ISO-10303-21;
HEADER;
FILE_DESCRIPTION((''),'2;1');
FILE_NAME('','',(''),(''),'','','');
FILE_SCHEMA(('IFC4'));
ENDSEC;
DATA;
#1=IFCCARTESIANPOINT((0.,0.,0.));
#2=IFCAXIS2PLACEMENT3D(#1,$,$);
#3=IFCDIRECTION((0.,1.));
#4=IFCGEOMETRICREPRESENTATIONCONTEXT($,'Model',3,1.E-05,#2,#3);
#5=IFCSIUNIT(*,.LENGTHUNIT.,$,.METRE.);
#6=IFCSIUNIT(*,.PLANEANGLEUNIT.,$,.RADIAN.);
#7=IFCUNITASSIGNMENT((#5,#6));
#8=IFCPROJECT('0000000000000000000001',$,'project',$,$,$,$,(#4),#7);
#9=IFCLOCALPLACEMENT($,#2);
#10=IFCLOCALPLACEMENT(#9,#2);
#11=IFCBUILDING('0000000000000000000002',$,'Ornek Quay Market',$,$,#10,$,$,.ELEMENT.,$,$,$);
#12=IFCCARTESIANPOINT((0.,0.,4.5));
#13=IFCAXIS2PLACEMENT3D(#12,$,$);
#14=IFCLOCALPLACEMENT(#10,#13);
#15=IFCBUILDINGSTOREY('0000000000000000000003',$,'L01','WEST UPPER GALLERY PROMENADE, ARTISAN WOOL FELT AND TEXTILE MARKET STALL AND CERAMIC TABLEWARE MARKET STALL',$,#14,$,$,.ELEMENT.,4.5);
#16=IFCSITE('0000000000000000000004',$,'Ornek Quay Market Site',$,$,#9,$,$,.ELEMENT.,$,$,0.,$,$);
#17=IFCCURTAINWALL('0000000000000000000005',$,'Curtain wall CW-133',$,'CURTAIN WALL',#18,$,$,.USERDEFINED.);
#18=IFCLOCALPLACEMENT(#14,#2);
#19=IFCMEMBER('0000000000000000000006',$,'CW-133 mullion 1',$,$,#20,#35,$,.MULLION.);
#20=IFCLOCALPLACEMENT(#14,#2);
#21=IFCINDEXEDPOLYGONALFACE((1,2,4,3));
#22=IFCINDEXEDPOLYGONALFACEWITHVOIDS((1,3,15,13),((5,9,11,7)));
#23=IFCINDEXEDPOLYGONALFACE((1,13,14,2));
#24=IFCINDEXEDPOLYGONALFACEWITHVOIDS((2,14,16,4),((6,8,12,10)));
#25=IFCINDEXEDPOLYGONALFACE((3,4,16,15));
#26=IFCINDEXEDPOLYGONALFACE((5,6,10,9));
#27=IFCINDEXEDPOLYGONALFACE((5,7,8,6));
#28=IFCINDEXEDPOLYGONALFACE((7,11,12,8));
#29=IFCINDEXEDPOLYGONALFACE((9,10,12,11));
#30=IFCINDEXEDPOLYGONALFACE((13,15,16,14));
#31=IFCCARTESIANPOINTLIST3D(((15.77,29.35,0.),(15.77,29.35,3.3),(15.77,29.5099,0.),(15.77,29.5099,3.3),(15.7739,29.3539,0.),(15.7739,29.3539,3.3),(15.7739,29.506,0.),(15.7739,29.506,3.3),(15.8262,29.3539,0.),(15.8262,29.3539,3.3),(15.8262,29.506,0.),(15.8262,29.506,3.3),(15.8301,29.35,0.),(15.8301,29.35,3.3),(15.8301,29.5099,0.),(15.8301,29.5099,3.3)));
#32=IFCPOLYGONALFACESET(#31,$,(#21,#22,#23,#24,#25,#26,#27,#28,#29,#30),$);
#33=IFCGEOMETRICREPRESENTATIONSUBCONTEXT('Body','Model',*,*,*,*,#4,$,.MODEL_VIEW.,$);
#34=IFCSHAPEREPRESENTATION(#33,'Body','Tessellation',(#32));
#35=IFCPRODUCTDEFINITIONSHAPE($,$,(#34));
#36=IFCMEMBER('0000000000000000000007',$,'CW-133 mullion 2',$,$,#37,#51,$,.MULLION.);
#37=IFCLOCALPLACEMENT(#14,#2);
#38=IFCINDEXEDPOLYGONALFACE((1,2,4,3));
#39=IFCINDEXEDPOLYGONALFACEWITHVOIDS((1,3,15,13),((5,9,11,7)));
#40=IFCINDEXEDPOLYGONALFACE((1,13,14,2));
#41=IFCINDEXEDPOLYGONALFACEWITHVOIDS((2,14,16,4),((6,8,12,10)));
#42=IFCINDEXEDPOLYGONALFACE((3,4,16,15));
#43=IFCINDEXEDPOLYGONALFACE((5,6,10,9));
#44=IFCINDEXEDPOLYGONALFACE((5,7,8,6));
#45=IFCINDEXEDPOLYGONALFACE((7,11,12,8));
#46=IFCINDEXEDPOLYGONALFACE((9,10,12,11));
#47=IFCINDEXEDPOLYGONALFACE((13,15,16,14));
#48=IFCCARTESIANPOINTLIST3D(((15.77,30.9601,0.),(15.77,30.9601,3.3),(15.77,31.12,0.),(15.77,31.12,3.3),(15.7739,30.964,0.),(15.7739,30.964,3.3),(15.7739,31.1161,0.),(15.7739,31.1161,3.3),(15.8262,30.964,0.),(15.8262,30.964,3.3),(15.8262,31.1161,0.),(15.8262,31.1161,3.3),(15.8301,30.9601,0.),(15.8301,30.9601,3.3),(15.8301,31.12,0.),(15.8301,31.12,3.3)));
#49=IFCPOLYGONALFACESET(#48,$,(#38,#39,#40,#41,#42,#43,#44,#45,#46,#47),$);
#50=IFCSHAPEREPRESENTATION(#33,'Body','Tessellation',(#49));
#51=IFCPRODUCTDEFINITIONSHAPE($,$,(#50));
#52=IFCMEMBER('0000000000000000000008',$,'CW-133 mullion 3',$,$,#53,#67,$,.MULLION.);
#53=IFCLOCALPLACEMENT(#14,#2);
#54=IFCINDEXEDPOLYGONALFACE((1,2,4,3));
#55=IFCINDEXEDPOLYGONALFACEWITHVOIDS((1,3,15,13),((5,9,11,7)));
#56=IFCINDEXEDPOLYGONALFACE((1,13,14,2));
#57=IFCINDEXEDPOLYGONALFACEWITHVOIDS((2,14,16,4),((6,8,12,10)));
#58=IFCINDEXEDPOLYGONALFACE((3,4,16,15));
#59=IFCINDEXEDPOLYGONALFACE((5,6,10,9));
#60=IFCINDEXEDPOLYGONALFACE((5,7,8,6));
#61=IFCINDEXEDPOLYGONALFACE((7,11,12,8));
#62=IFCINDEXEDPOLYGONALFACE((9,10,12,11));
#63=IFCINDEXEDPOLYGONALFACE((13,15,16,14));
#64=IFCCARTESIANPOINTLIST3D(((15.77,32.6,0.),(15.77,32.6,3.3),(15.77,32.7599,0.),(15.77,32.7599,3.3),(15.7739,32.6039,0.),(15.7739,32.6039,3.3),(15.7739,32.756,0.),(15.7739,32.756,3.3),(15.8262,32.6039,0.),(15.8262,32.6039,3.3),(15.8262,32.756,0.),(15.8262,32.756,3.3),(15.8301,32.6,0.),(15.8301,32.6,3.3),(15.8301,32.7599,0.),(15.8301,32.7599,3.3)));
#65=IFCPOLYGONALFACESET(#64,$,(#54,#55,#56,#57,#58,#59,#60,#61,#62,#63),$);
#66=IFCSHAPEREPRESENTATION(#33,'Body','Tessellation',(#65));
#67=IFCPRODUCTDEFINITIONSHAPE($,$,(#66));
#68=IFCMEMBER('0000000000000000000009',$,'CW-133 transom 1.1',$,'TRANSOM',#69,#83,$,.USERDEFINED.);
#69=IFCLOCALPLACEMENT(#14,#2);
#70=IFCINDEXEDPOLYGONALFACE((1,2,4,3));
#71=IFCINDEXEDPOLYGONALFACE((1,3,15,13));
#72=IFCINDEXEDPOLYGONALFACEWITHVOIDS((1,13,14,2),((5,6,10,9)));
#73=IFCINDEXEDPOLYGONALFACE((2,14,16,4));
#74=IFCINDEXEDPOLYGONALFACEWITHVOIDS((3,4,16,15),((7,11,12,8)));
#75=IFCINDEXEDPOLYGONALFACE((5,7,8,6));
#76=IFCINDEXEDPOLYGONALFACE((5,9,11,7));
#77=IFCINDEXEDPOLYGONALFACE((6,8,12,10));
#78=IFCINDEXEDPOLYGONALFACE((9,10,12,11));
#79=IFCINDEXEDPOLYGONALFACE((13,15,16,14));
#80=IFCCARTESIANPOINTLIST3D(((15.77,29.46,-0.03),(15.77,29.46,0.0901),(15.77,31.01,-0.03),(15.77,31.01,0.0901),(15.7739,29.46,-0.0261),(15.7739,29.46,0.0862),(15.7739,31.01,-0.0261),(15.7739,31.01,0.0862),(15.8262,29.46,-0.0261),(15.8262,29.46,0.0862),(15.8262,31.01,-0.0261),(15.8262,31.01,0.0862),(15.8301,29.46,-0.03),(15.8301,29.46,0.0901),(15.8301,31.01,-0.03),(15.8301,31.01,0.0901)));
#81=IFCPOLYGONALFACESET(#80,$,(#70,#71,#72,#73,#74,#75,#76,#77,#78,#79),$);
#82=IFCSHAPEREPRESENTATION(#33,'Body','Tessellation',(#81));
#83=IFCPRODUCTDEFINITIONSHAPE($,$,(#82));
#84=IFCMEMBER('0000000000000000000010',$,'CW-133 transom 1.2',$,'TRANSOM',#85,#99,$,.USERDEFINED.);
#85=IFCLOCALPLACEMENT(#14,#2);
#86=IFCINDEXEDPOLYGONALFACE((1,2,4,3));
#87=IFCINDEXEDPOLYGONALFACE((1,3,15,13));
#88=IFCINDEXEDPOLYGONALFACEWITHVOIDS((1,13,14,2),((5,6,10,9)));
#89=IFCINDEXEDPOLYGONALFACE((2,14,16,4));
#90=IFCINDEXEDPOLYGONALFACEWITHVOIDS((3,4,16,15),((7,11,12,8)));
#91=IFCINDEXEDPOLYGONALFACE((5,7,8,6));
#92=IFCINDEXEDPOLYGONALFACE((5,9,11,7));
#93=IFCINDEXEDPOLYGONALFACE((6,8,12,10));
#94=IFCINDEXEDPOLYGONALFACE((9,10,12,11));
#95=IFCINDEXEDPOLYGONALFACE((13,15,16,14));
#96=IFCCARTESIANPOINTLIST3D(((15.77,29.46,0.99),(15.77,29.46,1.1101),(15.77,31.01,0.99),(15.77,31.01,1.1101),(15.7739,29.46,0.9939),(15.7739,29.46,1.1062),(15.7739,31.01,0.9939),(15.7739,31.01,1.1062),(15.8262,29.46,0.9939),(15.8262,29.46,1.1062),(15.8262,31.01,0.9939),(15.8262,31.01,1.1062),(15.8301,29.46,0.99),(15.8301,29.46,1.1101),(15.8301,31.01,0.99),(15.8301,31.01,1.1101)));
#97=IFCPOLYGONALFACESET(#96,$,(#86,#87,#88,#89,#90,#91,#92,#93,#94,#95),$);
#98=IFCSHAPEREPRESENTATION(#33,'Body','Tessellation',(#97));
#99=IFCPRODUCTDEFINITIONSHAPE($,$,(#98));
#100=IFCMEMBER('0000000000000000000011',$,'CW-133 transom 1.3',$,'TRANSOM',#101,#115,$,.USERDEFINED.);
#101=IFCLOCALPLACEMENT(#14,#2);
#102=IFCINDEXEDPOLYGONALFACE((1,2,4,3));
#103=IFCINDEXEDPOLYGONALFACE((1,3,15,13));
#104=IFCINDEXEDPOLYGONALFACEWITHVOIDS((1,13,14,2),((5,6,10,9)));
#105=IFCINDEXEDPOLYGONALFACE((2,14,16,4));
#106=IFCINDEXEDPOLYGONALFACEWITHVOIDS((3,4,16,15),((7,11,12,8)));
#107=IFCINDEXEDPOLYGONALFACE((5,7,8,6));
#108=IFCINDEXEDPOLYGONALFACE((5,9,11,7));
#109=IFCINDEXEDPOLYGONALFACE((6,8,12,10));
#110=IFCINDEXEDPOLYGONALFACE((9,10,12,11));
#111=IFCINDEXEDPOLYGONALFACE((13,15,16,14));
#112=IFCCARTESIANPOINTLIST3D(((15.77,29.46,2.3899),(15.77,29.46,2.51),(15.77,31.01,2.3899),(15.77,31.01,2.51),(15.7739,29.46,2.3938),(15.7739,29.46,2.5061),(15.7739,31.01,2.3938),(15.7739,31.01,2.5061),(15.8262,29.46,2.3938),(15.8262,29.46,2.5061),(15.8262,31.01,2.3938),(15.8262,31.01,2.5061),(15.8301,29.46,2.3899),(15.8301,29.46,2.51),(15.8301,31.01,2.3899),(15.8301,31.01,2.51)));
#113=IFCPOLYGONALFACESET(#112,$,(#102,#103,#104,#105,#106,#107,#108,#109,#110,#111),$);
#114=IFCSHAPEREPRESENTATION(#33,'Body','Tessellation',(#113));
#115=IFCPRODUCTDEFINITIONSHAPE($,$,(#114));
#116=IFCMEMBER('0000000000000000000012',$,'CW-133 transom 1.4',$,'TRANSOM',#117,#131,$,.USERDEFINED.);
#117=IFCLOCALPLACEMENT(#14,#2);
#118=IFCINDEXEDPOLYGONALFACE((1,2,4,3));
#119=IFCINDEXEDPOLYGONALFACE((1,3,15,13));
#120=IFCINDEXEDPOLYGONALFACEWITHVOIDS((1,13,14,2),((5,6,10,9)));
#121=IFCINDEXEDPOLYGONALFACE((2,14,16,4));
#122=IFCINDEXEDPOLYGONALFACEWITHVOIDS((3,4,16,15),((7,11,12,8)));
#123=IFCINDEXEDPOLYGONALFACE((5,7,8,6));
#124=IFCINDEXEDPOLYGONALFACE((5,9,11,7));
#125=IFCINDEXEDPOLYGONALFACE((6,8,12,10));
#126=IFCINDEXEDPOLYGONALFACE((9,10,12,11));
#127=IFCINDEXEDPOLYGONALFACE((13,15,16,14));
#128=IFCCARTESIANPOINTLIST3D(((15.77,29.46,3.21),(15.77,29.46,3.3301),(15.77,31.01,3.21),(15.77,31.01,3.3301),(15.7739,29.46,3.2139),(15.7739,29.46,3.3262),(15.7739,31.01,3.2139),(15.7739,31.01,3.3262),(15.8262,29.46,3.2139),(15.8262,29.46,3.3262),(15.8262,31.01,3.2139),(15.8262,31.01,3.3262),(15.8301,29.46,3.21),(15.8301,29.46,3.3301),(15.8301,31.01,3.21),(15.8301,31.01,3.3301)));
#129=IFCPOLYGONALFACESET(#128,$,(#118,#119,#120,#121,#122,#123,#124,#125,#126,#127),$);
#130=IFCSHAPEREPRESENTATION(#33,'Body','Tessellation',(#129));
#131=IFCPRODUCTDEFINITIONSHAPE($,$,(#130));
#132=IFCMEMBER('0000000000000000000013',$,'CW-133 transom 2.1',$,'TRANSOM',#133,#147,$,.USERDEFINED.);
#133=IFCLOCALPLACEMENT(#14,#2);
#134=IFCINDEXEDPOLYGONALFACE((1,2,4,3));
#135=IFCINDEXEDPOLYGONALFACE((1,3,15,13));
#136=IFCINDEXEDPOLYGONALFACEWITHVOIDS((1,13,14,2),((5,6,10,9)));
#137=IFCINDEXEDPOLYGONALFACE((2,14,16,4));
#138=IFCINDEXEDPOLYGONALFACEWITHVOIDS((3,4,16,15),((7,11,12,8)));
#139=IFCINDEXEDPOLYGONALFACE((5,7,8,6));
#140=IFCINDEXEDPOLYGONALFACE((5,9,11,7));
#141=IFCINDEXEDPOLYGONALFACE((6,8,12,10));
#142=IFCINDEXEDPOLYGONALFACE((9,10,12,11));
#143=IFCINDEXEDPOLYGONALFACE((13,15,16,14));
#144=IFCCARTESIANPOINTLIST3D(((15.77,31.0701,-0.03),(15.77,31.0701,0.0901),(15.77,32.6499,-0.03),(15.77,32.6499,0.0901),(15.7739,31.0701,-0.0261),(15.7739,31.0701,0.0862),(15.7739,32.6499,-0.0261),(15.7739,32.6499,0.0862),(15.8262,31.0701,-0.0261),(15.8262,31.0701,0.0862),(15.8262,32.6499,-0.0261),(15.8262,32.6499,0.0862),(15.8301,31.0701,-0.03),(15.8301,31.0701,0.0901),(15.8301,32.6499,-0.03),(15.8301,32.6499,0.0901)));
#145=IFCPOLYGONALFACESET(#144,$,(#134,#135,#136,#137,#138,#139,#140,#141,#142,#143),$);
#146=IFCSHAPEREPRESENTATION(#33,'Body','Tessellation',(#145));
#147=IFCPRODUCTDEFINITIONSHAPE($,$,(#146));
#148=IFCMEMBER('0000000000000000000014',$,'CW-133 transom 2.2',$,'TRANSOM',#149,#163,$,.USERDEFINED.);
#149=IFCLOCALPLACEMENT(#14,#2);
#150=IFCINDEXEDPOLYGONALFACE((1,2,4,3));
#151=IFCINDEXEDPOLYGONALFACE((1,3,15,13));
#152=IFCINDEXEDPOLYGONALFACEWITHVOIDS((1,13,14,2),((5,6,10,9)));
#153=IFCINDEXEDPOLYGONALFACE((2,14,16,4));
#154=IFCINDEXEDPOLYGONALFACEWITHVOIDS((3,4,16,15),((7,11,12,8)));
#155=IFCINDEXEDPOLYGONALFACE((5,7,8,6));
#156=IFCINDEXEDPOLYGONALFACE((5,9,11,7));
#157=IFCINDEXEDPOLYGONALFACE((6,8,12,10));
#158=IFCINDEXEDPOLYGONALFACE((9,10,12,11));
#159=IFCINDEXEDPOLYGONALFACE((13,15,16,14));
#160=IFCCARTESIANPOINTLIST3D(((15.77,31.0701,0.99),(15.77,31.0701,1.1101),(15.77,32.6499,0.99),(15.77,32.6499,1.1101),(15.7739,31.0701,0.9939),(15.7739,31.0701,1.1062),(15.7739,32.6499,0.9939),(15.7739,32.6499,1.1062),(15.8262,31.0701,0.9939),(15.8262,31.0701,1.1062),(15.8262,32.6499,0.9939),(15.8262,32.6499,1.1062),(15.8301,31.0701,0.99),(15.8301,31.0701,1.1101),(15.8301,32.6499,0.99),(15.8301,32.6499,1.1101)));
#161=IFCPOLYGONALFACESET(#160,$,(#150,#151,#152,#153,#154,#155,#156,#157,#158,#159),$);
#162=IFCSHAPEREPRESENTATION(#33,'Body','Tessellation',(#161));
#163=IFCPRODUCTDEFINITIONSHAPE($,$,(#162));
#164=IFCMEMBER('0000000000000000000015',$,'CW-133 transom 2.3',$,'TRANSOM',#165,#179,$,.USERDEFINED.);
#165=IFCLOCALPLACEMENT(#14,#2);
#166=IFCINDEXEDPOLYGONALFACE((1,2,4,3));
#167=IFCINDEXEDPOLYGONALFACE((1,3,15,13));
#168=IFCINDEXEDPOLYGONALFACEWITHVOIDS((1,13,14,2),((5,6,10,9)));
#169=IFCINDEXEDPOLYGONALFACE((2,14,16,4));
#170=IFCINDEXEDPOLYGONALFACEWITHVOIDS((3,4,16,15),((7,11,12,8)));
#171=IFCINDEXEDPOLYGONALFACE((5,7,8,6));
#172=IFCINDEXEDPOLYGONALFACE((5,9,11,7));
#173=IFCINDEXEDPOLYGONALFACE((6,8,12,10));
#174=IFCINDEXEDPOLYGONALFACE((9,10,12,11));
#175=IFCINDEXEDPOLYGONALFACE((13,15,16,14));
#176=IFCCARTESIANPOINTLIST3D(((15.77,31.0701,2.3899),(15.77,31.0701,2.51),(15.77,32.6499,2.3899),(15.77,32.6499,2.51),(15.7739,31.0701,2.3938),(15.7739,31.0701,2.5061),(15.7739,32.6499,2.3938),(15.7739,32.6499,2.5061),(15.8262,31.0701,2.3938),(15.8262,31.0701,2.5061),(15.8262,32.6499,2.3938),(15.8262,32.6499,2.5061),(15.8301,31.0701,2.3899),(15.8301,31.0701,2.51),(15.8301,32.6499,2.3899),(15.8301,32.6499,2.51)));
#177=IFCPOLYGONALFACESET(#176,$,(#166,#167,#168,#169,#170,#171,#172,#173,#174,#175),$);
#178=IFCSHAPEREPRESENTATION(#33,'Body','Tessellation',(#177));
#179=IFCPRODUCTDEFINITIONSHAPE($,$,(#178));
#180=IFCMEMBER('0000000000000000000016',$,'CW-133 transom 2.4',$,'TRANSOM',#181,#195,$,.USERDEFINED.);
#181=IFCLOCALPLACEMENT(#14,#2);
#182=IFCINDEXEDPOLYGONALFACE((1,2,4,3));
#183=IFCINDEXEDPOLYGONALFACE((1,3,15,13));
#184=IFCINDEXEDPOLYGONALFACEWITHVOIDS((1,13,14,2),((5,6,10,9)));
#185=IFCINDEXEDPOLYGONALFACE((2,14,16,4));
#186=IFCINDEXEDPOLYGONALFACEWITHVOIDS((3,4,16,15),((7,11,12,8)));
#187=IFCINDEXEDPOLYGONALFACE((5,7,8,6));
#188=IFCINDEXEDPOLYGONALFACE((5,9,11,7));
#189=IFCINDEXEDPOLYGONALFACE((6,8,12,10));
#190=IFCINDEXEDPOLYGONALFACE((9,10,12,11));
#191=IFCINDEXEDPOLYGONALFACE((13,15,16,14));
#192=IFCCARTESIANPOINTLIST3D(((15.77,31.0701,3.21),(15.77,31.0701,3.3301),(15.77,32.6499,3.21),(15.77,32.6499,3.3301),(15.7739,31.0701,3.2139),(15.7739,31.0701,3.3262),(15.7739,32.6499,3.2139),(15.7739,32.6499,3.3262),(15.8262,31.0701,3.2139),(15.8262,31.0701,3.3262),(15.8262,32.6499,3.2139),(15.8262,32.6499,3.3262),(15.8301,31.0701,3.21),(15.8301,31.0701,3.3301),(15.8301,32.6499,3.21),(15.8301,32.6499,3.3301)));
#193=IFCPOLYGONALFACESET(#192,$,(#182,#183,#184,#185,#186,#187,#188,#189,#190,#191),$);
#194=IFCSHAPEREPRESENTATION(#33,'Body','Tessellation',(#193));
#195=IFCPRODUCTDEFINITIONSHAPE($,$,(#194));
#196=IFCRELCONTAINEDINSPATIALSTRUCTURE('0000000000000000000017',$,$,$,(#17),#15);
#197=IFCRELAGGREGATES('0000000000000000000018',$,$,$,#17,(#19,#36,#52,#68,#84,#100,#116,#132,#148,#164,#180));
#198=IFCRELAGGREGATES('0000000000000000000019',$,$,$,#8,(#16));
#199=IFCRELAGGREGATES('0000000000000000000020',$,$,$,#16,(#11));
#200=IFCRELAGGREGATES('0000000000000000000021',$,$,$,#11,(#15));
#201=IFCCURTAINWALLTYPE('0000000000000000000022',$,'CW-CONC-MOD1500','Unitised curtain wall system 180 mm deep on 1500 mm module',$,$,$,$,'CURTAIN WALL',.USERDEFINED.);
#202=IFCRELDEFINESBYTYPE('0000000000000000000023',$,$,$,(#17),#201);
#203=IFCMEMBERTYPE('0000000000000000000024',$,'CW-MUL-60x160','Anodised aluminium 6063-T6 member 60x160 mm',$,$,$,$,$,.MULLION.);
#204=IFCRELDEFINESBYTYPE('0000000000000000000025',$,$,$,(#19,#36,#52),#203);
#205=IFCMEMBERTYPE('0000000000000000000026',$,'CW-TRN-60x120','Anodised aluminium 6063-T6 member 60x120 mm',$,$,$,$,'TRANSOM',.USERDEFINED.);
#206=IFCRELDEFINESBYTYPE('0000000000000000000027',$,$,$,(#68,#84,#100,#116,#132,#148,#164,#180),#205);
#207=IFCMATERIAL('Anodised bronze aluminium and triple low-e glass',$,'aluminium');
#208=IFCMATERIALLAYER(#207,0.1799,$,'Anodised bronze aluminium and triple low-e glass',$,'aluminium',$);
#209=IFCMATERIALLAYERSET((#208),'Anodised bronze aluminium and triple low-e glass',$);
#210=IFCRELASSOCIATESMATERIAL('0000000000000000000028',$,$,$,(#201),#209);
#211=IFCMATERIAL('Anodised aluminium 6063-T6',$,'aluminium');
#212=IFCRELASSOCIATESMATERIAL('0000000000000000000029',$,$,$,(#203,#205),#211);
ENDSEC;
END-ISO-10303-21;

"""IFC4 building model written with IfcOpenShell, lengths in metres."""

from ifc_helpers import new_model, si_unit, direction, frame, origin, origin_2d, place, context, subcontext, project, spatial, hollow_rectangle, extrude, material, layer, layer_set, material_profile, profile_set, type_object, element, aggregate, save


model = new_model("IFC4")

# Units and contexts
model_context = context("Model", 3, precision=1e-05, world=origin(), true_north=direction((0.0, 1.0)))
body_context = subcontext(model_context, "Body", "Model", "MODEL_VIEW")
ifc_project = project(units=[si_unit("LENGTHUNIT", "METRE"), si_unit("PLANEANGLEUNIT", "RADIAN")], contexts=[model_context])

# Site, building, storey
site_placement = place(None, origin())
site = spatial("IfcSite", under=ifc_project, at=site_placement, Name="Ornek Quay Market Site", CompositionType="ELEMENT", RefElevation=0.0)
building_placement = place(site_placement, origin())
building = spatial("IfcBuilding", under=site, at=building_placement, Name="Ornek Quay Market", CompositionType="ELEMENT")
storey_placement = place(building_placement, frame((0.0, 0.0, 4.5)))
storey = spatial("IfcBuildingStorey", under=building, at=storey_placement, Name="L01", Description="WEST UPPER GALLERY PROMENADE, ARTISAN WOOL FELT AND TEXTILE MARKET STALL AND CERAMIC TABLEWARE MARKET STALL", CompositionType="ELEMENT", Elevation=4.5)

# Curtain wall, members
ifc_material_1 = material(Name="Anodised bronze aluminium and triple low-e glass", Category="aluminium")
ifc_layer_1 = layer(ifc_material_1, 0.1799, Name="Anodised bronze aluminium and triple low-e glass", Category="aluminium")
ifc_layer_set_1 = layer_set([ifc_layer_1], Name="Anodised bronze aluminium and triple low-e glass")
curtain_wall_type = type_object("IfcCurtainWallType", Name="CW-CONC-MOD1500", Description="Unitised curtain wall system 180 mm deep on 1500 mm module", ElementType="CURTAIN WALL", PredefinedType="USERDEFINED", material=ifc_layer_set_1)
curtain_wall_placement = place(storey_placement, origin())
curtain_wall = element("IfcCurtainWall", 1, at=curtain_wall_placement, inside=storey, type_object=curtain_wall_type, Name="Curtain wall CW-133", ObjectType="CURTAIN WALL", PredefinedType="USERDEFINED")
ifc_material_2 = material(Name="Anodised aluminium 6063-T6", Category="aluminium")
ifc_material_profile_1 = material_profile(ifc_material_2, hollow_rectangle(XDim=0.0601, YDim=0.1599, WallThickness=0.0039, at=origin_2d()), Name="CW-MUL-60x160", Category="aluminium")
ifc_profile_set_1 = profile_set([ifc_material_profile_1], Name="Anodised aluminium 6063-T6")
member_type_1 = type_object("IfcMemberType", Name="CW-MUL-60x160", Description="Anodised aluminium 6063-T6 member 60x160 mm", PredefinedType="MULLION", material=ifc_profile_set_1)
member_1_placement = place(storey_placement, frame((15.8, 29.4299, 0.0), z_axis=(0.0, 0.0, 1.0), x_axis=(-1.0, 0.0, 0.0)))
member_1 = element("IfcMember", 2, at=member_1_placement, type_object=member_type_1, Name="CW-133 mullion 1", PredefinedType="MULLION", context=body_context, shape_type="SweptSolid", body=[
    extrude(hollow_rectangle(XDim=0.0601, YDim=0.1599, WallThickness=0.0039, at=origin_2d()), origin(), (0.0, 0.0, 1.0), 3.3),
])
member_2_placement = place(storey_placement, frame((15.8, 31.04, 0.0), z_axis=(0.0, 0.0, 1.0), x_axis=(-1.0, 0.0, 0.0)))
member_2 = element("IfcMember", 3, at=member_2_placement, type_object=member_type_1, Name="CW-133 mullion 2", PredefinedType="MULLION", context=body_context, shape_type="SweptSolid", body=[
    extrude(hollow_rectangle(XDim=0.0601, YDim=0.1599, WallThickness=0.0039, at=origin_2d()), origin(), (0.0, 0.0, 1.0), 3.3),
])
member_3_placement = place(storey_placement, frame((15.8, 32.6799, 0.0), z_axis=(0.0, 0.0, 1.0), x_axis=(-1.0, 0.0, 0.0)))
member_3 = element("IfcMember", 4, at=member_3_placement, type_object=member_type_1, Name="CW-133 mullion 3", PredefinedType="MULLION", context=body_context, shape_type="SweptSolid", body=[
    extrude(hollow_rectangle(XDim=0.0601, YDim=0.1599, WallThickness=0.0039, at=origin_2d()), origin(), (0.0, 0.0, 1.0), 3.3),
])
ifc_material_profile_2 = material_profile(ifc_material_2, hollow_rectangle(XDim=0.0601, YDim=0.1201, WallThickness=0.0039, at=origin_2d()), Name="CW-TRN-60x120", Category="aluminium")
ifc_profile_set_2 = profile_set([ifc_material_profile_2], Name="Anodised aluminium 6063-T6")
member_type_2 = type_object("IfcMemberType", Name="CW-TRN-60x120", Description="Anodised aluminium 6063-T6 member 60x120 mm", ElementType="TRANSOM", PredefinedType="USERDEFINED", material=ifc_profile_set_2)
member_4_placement = place(storey_placement, frame((15.8, 29.46, 0.03), z_axis=(0.0, 1.0, 0.0), x_axis=(-1.0, 0.0, 0.0)))
member_4 = element("IfcMember", 5, at=member_4_placement, type_object=member_type_2, Name="CW-133 transom 1.1", ObjectType="TRANSOM", PredefinedType="USERDEFINED", context=body_context, shape_type="SweptSolid", body=[
    extrude(hollow_rectangle(XDim=0.0601, YDim=0.1201, WallThickness=0.0039, at=origin_2d()), origin(), (0.0, 0.0, 1.0), 1.55),
])
member_5_placement = place(storey_placement, frame((15.8, 29.46, 1.05), z_axis=(0.0, 1.0, 0.0), x_axis=(-1.0, 0.0, 0.0)))
member_5 = element("IfcMember", 6, at=member_5_placement, type_object=member_type_2, Name="CW-133 transom 1.2", ObjectType="TRANSOM", PredefinedType="USERDEFINED", context=body_context, shape_type="SweptSolid", body=[
    extrude(hollow_rectangle(XDim=0.0601, YDim=0.1201, WallThickness=0.0039, at=origin_2d()), origin(), (0.0, 0.0, 1.0), 1.55),
])
member_6_placement = place(storey_placement, frame((15.8, 29.46, 2.45), z_axis=(0.0, 1.0, 0.0), x_axis=(-1.0, 0.0, 0.0)))
member_6 = element("IfcMember", 7, at=member_6_placement, type_object=member_type_2, Name="CW-133 transom 1.3", ObjectType="TRANSOM", PredefinedType="USERDEFINED", context=body_context, shape_type="SweptSolid", body=[
    extrude(hollow_rectangle(XDim=0.0601, YDim=0.1201, WallThickness=0.0039, at=origin_2d()), origin(), (0.0, 0.0, 1.0), 1.55),
])
member_7_placement = place(storey_placement, frame((15.8, 29.46, 3.27), z_axis=(0.0, 1.0, 0.0), x_axis=(-1.0, 0.0, 0.0)))
member_7 = element("IfcMember", 8, at=member_7_placement, type_object=member_type_2, Name="CW-133 transom 1.4", ObjectType="TRANSOM", PredefinedType="USERDEFINED", context=body_context, shape_type="SweptSolid", body=[
    extrude(hollow_rectangle(XDim=0.0601, YDim=0.1201, WallThickness=0.0039, at=origin_2d()), origin(), (0.0, 0.0, 1.0), 1.55),
])
member_8_placement = place(storey_placement, frame((15.8, 31.0701, 0.03), z_axis=(0.0, 1.0, 0.0), x_axis=(-1.0, 0.0, 0.0)))
member_8 = element("IfcMember", 9, at=member_8_placement, type_object=member_type_2, Name="CW-133 transom 2.1", ObjectType="TRANSOM", PredefinedType="USERDEFINED", context=body_context, shape_type="SweptSolid", body=[
    extrude(hollow_rectangle(XDim=0.0601, YDim=0.1201, WallThickness=0.0039, at=origin_2d()), origin(), (0.0, 0.0, 1.0), 1.5798),
])
member_9_placement = place(storey_placement, frame((15.8, 31.0701, 1.05), z_axis=(0.0, 1.0, 0.0), x_axis=(-1.0, 0.0, 0.0)))
member_9 = element("IfcMember", 10, at=member_9_placement, type_object=member_type_2, Name="CW-133 transom 2.2", ObjectType="TRANSOM", PredefinedType="USERDEFINED", context=body_context, shape_type="SweptSolid", body=[
    extrude(hollow_rectangle(XDim=0.0601, YDim=0.1201, WallThickness=0.0039, at=origin_2d()), origin(), (0.0, 0.0, 1.0), 1.5798),
])
member_10_placement = place(storey_placement, frame((15.8, 31.0701, 2.45), z_axis=(0.0, 1.0, 0.0), x_axis=(-1.0, 0.0, 0.0)))
member_10 = element("IfcMember", 11, at=member_10_placement, type_object=member_type_2, Name="CW-133 transom 2.3", ObjectType="TRANSOM", PredefinedType="USERDEFINED", context=body_context, shape_type="SweptSolid", body=[
    extrude(hollow_rectangle(XDim=0.0601, YDim=0.1201, WallThickness=0.0039, at=origin_2d()), origin(), (0.0, 0.0, 1.0), 1.5798),
])
member_11_placement = place(storey_placement, frame((15.8, 31.0701, 3.27), z_axis=(0.0, 1.0, 0.0), x_axis=(-1.0, 0.0, 0.0)))
member_11 = element("IfcMember", 12, at=member_11_placement, type_object=member_type_2, Name="CW-133 transom 2.4", ObjectType="TRANSOM", PredefinedType="USERDEFINED", context=body_context, shape_type="SweptSolid", body=[
    extrude(hollow_rectangle(XDim=0.0601, YDim=0.1201, WallThickness=0.0039, at=origin_2d()), origin(), (0.0, 0.0, 1.0), 1.5798),
])
aggregate(curtain_wall, [member_1, member_2, member_3, member_4, member_5, member_6, member_7, member_8, member_9, member_10, member_11])

save(model, "model.ifc")
